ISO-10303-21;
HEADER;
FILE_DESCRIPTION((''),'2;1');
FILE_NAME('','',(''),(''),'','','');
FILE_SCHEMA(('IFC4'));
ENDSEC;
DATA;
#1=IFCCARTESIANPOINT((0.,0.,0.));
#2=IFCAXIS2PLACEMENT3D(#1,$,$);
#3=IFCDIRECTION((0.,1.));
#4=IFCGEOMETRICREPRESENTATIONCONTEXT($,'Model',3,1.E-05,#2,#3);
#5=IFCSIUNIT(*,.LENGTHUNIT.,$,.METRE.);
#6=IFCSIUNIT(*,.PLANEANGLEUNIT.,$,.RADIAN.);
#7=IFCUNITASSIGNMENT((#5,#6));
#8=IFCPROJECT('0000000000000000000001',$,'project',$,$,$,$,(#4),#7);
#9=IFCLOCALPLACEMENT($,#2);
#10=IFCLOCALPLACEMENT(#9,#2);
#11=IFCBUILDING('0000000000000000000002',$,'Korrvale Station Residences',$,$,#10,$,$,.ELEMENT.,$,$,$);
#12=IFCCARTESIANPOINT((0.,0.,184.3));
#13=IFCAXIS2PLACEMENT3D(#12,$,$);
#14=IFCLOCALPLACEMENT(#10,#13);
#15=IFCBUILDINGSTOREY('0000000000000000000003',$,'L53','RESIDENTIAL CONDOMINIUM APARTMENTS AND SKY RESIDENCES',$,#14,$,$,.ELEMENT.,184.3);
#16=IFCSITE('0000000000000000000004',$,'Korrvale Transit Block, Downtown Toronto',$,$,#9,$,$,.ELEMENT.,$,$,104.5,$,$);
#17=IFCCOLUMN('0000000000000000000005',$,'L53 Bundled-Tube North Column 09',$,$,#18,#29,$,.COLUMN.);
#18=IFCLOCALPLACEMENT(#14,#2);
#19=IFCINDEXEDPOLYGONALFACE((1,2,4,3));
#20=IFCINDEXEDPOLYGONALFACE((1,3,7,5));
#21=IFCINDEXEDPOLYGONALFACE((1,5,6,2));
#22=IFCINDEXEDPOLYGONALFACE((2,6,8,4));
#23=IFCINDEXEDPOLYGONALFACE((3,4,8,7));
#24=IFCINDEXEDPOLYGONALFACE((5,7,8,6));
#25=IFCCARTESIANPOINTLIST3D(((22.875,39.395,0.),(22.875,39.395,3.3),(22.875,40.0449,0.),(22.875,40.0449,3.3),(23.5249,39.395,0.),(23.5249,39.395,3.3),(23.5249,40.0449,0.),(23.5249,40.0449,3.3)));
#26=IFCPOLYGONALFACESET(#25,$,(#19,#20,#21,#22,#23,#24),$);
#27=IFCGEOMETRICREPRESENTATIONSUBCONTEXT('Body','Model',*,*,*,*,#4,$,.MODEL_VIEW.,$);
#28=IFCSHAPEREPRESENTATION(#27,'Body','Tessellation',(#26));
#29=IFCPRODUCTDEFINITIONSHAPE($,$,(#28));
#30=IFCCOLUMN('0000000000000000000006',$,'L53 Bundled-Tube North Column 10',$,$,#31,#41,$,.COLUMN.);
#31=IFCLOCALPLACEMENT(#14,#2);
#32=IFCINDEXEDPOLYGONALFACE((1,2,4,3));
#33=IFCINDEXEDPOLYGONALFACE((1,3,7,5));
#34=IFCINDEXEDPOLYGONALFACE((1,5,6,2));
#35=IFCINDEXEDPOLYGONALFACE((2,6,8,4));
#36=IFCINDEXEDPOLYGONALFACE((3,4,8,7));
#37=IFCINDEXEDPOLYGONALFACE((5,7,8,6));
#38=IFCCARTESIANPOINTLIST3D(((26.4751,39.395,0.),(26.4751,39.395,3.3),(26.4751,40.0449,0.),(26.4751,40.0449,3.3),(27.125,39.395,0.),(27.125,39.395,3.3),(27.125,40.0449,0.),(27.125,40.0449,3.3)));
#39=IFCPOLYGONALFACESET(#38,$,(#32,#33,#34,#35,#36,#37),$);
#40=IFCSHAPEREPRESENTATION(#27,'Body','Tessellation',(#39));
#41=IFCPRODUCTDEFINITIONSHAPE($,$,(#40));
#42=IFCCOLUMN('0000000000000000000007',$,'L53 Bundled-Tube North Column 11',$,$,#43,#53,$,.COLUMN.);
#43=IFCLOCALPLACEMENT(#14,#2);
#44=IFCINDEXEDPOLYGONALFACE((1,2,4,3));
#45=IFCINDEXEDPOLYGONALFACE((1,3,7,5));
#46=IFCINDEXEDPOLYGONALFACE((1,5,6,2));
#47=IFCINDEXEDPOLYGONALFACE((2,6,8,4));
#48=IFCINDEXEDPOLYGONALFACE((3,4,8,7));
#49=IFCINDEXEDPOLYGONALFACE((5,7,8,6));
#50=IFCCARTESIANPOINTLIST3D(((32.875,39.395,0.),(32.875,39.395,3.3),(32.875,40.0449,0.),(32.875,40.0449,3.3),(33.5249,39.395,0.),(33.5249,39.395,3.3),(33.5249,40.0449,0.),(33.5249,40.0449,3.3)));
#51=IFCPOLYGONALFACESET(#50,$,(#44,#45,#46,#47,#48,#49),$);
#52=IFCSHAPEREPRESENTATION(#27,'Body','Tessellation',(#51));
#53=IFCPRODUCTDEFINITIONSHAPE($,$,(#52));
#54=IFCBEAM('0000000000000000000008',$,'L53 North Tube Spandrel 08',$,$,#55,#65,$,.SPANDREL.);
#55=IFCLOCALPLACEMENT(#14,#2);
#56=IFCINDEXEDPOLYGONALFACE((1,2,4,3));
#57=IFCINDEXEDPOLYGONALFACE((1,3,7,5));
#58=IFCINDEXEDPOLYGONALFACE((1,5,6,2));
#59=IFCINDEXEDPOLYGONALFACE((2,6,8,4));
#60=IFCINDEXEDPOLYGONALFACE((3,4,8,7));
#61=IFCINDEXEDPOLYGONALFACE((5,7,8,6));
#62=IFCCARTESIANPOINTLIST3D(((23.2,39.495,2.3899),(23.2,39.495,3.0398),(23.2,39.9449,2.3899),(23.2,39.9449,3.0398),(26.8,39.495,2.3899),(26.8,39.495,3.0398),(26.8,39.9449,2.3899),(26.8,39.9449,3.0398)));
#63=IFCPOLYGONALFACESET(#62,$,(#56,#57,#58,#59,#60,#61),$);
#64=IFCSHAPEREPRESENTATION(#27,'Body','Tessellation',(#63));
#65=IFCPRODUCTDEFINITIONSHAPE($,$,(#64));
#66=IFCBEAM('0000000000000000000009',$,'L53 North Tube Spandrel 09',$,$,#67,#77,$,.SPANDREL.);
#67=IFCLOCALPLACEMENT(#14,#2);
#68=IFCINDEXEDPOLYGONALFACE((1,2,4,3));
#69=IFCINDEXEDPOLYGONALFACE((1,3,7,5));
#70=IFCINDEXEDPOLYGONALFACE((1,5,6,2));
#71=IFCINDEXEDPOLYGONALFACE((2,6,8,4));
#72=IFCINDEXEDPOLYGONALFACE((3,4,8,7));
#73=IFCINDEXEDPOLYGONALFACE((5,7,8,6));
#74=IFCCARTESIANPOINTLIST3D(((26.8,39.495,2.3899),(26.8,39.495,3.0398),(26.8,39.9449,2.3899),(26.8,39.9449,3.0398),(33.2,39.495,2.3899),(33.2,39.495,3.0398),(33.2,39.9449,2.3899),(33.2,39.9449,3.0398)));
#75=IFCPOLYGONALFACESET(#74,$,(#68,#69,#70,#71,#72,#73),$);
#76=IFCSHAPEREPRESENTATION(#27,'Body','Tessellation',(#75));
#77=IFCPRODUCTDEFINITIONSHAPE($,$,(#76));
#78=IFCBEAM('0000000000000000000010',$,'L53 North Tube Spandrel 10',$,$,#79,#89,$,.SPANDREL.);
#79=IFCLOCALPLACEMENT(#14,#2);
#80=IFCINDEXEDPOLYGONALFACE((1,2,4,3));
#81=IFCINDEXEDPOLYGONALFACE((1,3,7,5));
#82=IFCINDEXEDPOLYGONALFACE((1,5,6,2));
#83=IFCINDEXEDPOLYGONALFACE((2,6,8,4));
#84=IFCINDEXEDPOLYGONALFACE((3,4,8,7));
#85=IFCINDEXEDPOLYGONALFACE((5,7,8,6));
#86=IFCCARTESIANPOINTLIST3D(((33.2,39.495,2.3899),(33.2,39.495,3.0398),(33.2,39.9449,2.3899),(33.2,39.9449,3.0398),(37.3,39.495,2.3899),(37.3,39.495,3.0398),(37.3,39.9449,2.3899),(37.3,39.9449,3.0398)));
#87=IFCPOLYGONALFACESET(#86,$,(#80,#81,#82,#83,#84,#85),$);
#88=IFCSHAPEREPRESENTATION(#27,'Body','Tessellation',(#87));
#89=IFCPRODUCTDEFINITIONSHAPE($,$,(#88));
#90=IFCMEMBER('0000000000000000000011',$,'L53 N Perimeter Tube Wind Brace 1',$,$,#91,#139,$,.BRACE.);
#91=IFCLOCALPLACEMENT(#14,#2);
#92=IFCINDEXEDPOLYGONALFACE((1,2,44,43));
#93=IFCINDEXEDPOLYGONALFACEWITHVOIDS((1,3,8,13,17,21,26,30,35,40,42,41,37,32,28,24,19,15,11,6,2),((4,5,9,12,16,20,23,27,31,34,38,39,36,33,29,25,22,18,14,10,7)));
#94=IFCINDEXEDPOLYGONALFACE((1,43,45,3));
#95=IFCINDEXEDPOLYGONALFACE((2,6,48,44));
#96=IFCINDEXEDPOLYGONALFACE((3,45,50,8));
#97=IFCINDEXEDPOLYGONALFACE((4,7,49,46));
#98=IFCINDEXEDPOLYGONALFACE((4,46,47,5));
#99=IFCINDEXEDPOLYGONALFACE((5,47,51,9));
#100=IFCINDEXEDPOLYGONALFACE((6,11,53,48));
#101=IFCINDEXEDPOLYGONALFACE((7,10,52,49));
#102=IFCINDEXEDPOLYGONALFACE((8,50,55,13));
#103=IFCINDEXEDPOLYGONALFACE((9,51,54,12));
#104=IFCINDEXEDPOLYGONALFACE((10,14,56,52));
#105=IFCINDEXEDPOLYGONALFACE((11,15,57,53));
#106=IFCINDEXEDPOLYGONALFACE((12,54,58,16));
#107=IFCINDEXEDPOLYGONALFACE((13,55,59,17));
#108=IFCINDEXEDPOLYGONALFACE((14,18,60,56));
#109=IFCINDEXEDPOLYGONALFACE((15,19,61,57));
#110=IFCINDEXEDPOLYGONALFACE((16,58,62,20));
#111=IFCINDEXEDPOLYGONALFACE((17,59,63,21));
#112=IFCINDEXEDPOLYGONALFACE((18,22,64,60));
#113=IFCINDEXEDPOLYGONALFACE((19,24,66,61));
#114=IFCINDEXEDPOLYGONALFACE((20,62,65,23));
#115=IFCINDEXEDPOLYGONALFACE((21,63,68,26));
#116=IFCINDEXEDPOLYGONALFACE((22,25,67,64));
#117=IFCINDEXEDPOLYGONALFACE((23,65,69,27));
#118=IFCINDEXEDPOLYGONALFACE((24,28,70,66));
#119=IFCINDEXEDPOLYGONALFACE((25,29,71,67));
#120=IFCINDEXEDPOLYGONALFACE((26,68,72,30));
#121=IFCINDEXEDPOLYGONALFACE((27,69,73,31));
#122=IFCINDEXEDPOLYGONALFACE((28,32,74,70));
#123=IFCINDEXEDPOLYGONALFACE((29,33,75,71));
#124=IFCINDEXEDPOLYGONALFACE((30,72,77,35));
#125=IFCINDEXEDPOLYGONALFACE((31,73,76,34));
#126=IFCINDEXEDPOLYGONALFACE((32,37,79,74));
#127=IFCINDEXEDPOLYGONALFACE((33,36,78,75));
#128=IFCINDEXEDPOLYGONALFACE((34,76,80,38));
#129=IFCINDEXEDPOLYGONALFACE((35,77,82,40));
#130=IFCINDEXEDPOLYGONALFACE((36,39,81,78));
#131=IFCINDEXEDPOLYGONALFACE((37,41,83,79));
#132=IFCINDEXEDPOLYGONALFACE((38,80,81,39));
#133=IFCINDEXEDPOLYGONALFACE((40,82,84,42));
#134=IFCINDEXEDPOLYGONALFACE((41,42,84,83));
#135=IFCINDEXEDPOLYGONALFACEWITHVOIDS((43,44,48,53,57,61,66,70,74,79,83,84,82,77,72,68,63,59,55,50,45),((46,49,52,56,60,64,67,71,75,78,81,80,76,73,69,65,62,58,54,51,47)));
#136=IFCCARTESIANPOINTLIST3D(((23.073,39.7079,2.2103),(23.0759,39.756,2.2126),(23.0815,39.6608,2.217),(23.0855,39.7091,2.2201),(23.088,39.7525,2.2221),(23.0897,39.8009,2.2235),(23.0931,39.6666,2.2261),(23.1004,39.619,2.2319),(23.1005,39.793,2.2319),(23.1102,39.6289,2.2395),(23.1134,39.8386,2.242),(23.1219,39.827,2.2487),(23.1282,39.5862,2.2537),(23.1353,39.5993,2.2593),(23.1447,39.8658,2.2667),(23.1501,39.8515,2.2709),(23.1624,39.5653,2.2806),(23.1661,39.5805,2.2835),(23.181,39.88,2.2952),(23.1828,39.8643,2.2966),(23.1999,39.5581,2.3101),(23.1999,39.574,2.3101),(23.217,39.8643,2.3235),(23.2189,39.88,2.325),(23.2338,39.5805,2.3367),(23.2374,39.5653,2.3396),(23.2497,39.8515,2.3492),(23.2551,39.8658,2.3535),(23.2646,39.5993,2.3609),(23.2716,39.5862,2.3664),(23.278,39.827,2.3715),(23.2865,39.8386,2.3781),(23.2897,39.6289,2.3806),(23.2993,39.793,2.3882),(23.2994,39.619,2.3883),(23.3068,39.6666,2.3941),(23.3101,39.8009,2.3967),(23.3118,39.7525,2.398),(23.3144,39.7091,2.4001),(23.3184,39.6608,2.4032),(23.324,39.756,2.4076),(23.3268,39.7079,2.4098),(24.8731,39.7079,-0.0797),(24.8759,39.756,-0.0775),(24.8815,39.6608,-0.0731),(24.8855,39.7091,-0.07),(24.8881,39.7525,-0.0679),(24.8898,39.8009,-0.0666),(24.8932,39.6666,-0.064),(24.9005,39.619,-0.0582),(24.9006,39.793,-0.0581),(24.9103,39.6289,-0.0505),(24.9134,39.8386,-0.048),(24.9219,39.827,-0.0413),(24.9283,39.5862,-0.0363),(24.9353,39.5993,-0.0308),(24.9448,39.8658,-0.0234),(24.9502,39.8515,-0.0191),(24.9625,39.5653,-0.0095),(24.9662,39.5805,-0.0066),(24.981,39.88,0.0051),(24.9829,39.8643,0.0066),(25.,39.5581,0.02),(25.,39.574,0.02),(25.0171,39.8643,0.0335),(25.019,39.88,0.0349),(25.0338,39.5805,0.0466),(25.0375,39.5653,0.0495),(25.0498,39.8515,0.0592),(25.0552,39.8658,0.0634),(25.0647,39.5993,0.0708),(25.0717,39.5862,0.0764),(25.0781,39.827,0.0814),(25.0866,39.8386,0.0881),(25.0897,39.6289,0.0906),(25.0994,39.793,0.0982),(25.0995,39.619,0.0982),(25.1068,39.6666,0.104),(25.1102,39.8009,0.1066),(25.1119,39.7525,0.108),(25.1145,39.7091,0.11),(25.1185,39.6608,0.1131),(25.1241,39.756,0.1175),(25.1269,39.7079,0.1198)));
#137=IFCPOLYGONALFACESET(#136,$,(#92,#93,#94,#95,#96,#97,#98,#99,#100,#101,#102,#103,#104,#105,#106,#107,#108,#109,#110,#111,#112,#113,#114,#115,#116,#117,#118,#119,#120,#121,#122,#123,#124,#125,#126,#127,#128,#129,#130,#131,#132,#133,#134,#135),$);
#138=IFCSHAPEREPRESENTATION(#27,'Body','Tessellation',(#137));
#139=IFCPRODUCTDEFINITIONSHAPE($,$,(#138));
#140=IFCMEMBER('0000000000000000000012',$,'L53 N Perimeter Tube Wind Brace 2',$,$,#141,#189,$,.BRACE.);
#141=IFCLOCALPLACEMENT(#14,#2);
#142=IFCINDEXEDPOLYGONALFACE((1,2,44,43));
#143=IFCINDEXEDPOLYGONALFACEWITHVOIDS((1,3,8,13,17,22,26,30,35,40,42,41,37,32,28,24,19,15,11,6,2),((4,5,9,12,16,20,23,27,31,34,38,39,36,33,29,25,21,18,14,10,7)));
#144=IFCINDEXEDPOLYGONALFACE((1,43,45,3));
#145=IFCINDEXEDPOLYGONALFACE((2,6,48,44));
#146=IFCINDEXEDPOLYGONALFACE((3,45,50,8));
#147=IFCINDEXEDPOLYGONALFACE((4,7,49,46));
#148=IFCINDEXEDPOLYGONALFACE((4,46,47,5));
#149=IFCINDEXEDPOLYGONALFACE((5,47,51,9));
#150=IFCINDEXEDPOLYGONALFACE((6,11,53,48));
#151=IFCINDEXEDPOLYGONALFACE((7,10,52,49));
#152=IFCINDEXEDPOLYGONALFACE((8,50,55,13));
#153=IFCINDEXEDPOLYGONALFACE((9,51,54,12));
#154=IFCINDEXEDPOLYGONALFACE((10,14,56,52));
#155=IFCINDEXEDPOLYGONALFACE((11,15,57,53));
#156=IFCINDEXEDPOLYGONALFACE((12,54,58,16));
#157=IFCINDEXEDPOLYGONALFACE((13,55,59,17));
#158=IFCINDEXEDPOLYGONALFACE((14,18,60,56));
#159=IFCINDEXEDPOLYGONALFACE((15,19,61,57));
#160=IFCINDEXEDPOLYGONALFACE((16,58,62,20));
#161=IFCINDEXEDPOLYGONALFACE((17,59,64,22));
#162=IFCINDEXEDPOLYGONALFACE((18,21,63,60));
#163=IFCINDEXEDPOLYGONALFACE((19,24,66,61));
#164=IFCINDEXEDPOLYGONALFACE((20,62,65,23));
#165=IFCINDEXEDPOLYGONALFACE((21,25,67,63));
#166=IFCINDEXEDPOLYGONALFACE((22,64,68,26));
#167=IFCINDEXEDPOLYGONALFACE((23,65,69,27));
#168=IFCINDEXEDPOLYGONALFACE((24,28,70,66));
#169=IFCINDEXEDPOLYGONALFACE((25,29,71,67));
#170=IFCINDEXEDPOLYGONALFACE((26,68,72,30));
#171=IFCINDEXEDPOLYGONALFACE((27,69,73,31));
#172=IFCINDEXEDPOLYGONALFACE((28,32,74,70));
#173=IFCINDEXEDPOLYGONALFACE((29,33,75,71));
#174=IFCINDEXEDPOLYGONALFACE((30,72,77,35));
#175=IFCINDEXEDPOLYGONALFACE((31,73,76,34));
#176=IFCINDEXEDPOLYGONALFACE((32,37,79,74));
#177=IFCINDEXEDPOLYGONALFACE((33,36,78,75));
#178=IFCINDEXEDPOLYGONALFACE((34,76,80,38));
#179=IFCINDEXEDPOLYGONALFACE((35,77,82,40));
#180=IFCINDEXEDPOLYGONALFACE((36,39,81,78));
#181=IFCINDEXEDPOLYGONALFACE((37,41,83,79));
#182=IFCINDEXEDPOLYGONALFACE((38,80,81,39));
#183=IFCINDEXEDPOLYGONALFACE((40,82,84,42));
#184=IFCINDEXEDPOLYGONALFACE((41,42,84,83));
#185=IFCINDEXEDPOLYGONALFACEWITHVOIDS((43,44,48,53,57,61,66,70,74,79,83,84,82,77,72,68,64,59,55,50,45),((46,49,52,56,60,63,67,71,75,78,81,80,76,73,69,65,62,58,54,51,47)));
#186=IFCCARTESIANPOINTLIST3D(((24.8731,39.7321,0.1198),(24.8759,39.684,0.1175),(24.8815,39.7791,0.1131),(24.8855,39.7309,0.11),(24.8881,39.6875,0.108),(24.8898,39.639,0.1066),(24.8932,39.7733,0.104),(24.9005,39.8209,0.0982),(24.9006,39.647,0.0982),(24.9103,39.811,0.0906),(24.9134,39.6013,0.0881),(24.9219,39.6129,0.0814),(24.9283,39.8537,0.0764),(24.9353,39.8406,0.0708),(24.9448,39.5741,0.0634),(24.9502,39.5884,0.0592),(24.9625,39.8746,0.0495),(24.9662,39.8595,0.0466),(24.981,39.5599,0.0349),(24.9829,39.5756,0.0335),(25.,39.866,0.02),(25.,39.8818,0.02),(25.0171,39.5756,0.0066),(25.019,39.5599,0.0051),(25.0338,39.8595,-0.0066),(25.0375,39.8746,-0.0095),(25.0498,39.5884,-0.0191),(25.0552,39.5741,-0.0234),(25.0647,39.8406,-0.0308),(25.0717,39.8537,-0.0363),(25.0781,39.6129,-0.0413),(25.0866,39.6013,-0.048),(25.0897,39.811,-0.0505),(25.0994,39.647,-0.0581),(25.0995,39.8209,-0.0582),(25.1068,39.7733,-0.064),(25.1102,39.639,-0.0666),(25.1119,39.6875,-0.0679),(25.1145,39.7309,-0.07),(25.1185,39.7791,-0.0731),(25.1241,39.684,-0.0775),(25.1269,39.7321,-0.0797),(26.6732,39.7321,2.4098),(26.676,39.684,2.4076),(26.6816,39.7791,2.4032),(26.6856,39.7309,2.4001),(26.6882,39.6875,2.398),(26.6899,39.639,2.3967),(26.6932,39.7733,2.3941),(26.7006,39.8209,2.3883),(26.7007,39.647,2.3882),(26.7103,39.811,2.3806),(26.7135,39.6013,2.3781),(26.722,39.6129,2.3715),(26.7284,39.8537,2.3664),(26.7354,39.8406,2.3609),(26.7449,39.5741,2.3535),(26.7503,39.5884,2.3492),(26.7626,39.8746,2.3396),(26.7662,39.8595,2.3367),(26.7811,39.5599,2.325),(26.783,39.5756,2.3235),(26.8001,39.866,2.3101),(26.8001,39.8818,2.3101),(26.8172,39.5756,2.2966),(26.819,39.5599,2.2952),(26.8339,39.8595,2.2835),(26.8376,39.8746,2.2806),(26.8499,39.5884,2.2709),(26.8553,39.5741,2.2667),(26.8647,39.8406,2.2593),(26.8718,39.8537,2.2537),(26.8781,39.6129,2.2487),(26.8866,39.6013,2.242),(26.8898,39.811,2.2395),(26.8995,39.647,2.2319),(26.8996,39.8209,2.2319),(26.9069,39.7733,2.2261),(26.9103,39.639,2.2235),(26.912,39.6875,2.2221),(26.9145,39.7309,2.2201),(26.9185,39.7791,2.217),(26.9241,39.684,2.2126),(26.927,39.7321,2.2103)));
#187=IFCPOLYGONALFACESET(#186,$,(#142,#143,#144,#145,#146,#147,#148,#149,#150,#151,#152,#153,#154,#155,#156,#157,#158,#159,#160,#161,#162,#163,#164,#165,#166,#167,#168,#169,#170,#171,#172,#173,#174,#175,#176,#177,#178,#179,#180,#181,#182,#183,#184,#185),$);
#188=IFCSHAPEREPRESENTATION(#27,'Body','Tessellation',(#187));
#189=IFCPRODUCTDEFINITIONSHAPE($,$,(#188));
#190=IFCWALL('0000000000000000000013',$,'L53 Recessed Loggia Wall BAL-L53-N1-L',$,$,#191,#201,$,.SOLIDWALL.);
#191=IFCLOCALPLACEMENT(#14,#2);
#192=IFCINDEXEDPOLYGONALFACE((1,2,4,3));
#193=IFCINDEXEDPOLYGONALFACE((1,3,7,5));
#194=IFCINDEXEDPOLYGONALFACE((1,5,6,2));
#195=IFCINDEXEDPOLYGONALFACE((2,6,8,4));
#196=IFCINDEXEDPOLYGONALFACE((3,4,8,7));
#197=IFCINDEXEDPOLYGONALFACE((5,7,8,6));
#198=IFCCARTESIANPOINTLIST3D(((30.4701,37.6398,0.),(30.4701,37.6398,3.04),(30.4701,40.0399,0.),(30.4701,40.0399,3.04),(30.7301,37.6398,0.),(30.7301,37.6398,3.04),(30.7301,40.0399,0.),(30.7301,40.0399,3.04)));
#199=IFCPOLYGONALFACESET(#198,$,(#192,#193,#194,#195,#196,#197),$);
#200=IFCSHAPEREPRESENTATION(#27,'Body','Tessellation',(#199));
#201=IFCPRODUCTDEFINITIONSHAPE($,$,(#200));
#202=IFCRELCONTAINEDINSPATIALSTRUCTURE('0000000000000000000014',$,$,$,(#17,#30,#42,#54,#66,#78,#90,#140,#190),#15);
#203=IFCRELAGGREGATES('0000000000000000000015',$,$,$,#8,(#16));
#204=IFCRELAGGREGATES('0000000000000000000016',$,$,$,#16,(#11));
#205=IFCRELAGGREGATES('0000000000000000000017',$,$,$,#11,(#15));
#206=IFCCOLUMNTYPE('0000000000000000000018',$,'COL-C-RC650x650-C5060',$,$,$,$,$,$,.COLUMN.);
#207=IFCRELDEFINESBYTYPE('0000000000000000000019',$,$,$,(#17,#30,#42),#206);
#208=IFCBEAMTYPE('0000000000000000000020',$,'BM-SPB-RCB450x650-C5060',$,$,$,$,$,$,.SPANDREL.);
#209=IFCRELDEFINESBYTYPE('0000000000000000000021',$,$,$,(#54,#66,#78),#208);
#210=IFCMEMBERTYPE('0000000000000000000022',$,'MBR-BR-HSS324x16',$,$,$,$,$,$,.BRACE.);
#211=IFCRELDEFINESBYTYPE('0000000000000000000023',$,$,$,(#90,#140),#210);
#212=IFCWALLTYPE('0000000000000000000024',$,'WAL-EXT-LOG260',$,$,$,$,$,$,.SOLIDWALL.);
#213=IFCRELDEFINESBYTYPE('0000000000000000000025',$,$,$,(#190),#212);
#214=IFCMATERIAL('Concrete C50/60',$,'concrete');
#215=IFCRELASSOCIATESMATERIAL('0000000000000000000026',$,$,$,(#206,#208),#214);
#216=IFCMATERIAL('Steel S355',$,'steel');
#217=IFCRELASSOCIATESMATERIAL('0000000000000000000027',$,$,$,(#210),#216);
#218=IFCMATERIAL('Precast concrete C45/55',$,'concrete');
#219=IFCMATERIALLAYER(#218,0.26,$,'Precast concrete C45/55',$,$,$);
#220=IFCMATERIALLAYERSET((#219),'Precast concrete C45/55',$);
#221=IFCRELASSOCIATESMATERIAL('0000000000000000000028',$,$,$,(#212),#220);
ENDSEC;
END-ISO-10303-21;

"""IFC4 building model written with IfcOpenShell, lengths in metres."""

from ifc_helpers import new_model, si_unit, direction, frame, frame_2d, origin, origin_2d, place, context, subcontext, project, spatial, rectangle, hollow_circle, extrude, material, layer, layer_set, material_profile, profile_set, type_object, element, save


model = new_model("IFC4")

# Units and contexts
model_context = context("Model", 3, precision=1e-05, world=origin(), true_north=direction((0.0, 1.0)))
body_context = subcontext(model_context, "Body", "Model", "MODEL_VIEW")
ifc_project = project(units=[si_unit("LENGTHUNIT", "METRE"), si_unit("PLANEANGLEUNIT", "RADIAN")], contexts=[model_context])

# Site, building, storey
site_placement = place(None, origin())
site = spatial("IfcSite", under=ifc_project, at=site_placement, Name="Korrvale Transit Block, Downtown Toronto", CompositionType="ELEMENT", RefElevation=104.5)
building_placement = place(site_placement, origin())
building = spatial("IfcBuilding", under=site, at=building_placement, Name="Korrvale Station Residences", CompositionType="ELEMENT")
storey_placement = place(building_placement, frame((0.0, 0.0, 184.3)))
storey = spatial("IfcBuildingStorey", under=building, at=storey_placement, Name="L53", Description="RESIDENTIAL CONDOMINIUM APARTMENTS AND SKY RESIDENCES", CompositionType="ELEMENT", Elevation=184.3)

# Columns
ifc_material_1 = material(Name="Concrete C50/60", Category="concrete")
ifc_material_profile_1 = material_profile(ifc_material_1, rectangle(XDim=0.6499, YDim=0.6499, at=origin_2d()), Name="RC650x650")
ifc_profile_set_1 = profile_set([ifc_material_profile_1], Name="Concrete C50/60")
column_type = type_object("IfcColumnType", Name="COL-C-RC650x650-C5060", PredefinedType="COLUMN", material=ifc_profile_set_1)
for number, where, z_axis, x_axis, name in (
    (1, (23.2, 39.72, 0.0), (0.0, 0.0, 1.0), (1.0, 0.0, 0.0), "L53 Bundled-Tube North Column 09"),
    (2, (26.8, 39.72, 0.0), (0.0, 0.0, 1.0), (1.0, 0.0, 0.0), "L53 Bundled-Tube North Column 10"),
    (3, (33.2, 39.72, 0.0), (0.0, 0.0, 1.0), (1.0, 0.0, 0.0), "L53 Bundled-Tube North Column 11"),
):
    element("IfcColumn", number, at=place(storey_placement, frame(where, z_axis=z_axis, x_axis=x_axis)), inside=storey, type_object=column_type, Name=name, PredefinedType="COLUMN", context=body_context, shape_type="SweptSolid", body=[
        extrude(rectangle(XDim=0.6499, YDim=0.6499, at=origin_2d()), origin(), (0.0, 0.0, 1.0), 3.3),
    ])

# Beams
ifc_material_profile_2 = material_profile(ifc_material_1, rectangle(XDim=0.45, YDim=0.6499, at=origin_2d()), Name="RCB450x650")
ifc_profile_set_2 = profile_set([ifc_material_profile_2], Name="Concrete C50/60")
beam_type = type_object("IfcBeamType", Name="BM-SPB-RCB450x650-C5060", PredefinedType="SPANDREL", material=ifc_profile_set_2)
beam_1_placement = place(storey_placement, frame((23.2, 39.72, 2.7148), z_axis=(1.0, 0.0, 0.0), x_axis=(0.0, 1.0, 0.0)))
element("IfcBeam", 4, at=beam_1_placement, inside=storey, type_object=beam_type, Name="L53 North Tube Spandrel 08", PredefinedType="SPANDREL", context=body_context, shape_type="SweptSolid", body=[
    extrude(rectangle(XDim=0.45, YDim=0.6499, at=origin_2d()), origin(), (0.0, 0.0, 1.0), 3.6001),
])
beam_2_placement = place(storey_placement, frame((26.8, 39.72, 2.7148), z_axis=(1.0, 0.0, 0.0), x_axis=(0.0, 1.0, 0.0)))
element("IfcBeam", 5, at=beam_2_placement, inside=storey, type_object=beam_type, Name="L53 North Tube Spandrel 09", PredefinedType="SPANDREL", context=body_context, shape_type="SweptSolid", body=[
    extrude(rectangle(XDim=0.45, YDim=0.6499, at=origin_2d()), origin(), (0.0, 0.0, 1.0), 6.3999),
])
beam_3_placement = place(storey_placement, frame((33.2, 39.72, 2.7148), z_axis=(1.0, 0.0, 0.0), x_axis=(0.0, 1.0, 0.0)))
element("IfcBeam", 6, at=beam_3_placement, inside=storey, type_object=beam_type, Name="L53 North Tube Spandrel 10", PredefinedType="SPANDREL", context=body_context, shape_type="SweptSolid", body=[
    extrude(rectangle(XDim=0.45, YDim=0.6499, at=origin_2d()), origin(), (0.0, 0.0, 1.0), 4.1001),
])

# Members
ifc_material_2 = material(Name="Steel S355", Category="steel")
ifc_material_profile_3 = material_profile(ifc_material_2, hollow_circle(Radius=0.1619, WallThickness=0.0159, at=origin_2d()), Name="HSS324x16")
ifc_profile_set_3 = profile_set([ifc_material_profile_3], Name="Steel S355")
member_type = type_object("IfcMemberType", Name="MBR-BR-HSS324x16", PredefinedType="BRACE", material=ifc_profile_set_3)
for number, where, z_axis, x_axis, name in (
    (7, (25.0, 39.72, 0.02), (-0.617977, 0.0, 0.786196), (0.0, -1.0, 0.0), "L53 N Perimeter Tube Wind Brace 1"),
    (8, (25.0, 39.72, 0.02), (0.617977, 0.0, 0.786196), (0.0, 1.0, 0.0), "L53 N Perimeter Tube Wind Brace 2"),
):
    element("IfcMember", number, at=place(storey_placement, frame(where, z_axis=z_axis, x_axis=x_axis)), inside=storey, type_object=member_type, Name=name, PredefinedType="BRACE", context=body_context, shape_type="SweptSolid", body=[
        extrude(hollow_circle(Radius=0.1619, WallThickness=0.0159, at=origin_2d()), origin(), (0.0, 0.0, 1.0), 2.9128),
    ])

# Wall
ifc_material_3 = material(Name="Precast concrete C45/55", Category="concrete")
ifc_layer_1 = layer(ifc_material_3, 0.26, Name="Precast concrete C45/55")
ifc_layer_set_1 = layer_set([ifc_layer_1], Name="Precast concrete C45/55")
wall_type_1 = type_object("IfcWallType", Name="WAL-EXT-LOG260", PredefinedType="SOLIDWALL", material=ifc_layer_set_1)
wall_1_placement = place(storey_placement, frame((30.6001, 40.04, 0.0), z_axis=(0.0, 0.0, 1.0), x_axis=(0.0, -1.0, 0.0)))
element("IfcWall", 9, at=wall_1_placement, inside=storey, type_object=wall_type_1, Name="L53 Recessed Loggia Wall BAL-L53-N1-L", PredefinedType="SOLIDWALL", context=body_context, shape_type="SweptSolid", body=[
    extrude(rectangle(XDim=2.4001, YDim=0.26, at=frame_2d((1.2002, 0.0))), origin(), (0.0, 0.0, 1.0), 3.04),
])

save(model, "model.ifc")
